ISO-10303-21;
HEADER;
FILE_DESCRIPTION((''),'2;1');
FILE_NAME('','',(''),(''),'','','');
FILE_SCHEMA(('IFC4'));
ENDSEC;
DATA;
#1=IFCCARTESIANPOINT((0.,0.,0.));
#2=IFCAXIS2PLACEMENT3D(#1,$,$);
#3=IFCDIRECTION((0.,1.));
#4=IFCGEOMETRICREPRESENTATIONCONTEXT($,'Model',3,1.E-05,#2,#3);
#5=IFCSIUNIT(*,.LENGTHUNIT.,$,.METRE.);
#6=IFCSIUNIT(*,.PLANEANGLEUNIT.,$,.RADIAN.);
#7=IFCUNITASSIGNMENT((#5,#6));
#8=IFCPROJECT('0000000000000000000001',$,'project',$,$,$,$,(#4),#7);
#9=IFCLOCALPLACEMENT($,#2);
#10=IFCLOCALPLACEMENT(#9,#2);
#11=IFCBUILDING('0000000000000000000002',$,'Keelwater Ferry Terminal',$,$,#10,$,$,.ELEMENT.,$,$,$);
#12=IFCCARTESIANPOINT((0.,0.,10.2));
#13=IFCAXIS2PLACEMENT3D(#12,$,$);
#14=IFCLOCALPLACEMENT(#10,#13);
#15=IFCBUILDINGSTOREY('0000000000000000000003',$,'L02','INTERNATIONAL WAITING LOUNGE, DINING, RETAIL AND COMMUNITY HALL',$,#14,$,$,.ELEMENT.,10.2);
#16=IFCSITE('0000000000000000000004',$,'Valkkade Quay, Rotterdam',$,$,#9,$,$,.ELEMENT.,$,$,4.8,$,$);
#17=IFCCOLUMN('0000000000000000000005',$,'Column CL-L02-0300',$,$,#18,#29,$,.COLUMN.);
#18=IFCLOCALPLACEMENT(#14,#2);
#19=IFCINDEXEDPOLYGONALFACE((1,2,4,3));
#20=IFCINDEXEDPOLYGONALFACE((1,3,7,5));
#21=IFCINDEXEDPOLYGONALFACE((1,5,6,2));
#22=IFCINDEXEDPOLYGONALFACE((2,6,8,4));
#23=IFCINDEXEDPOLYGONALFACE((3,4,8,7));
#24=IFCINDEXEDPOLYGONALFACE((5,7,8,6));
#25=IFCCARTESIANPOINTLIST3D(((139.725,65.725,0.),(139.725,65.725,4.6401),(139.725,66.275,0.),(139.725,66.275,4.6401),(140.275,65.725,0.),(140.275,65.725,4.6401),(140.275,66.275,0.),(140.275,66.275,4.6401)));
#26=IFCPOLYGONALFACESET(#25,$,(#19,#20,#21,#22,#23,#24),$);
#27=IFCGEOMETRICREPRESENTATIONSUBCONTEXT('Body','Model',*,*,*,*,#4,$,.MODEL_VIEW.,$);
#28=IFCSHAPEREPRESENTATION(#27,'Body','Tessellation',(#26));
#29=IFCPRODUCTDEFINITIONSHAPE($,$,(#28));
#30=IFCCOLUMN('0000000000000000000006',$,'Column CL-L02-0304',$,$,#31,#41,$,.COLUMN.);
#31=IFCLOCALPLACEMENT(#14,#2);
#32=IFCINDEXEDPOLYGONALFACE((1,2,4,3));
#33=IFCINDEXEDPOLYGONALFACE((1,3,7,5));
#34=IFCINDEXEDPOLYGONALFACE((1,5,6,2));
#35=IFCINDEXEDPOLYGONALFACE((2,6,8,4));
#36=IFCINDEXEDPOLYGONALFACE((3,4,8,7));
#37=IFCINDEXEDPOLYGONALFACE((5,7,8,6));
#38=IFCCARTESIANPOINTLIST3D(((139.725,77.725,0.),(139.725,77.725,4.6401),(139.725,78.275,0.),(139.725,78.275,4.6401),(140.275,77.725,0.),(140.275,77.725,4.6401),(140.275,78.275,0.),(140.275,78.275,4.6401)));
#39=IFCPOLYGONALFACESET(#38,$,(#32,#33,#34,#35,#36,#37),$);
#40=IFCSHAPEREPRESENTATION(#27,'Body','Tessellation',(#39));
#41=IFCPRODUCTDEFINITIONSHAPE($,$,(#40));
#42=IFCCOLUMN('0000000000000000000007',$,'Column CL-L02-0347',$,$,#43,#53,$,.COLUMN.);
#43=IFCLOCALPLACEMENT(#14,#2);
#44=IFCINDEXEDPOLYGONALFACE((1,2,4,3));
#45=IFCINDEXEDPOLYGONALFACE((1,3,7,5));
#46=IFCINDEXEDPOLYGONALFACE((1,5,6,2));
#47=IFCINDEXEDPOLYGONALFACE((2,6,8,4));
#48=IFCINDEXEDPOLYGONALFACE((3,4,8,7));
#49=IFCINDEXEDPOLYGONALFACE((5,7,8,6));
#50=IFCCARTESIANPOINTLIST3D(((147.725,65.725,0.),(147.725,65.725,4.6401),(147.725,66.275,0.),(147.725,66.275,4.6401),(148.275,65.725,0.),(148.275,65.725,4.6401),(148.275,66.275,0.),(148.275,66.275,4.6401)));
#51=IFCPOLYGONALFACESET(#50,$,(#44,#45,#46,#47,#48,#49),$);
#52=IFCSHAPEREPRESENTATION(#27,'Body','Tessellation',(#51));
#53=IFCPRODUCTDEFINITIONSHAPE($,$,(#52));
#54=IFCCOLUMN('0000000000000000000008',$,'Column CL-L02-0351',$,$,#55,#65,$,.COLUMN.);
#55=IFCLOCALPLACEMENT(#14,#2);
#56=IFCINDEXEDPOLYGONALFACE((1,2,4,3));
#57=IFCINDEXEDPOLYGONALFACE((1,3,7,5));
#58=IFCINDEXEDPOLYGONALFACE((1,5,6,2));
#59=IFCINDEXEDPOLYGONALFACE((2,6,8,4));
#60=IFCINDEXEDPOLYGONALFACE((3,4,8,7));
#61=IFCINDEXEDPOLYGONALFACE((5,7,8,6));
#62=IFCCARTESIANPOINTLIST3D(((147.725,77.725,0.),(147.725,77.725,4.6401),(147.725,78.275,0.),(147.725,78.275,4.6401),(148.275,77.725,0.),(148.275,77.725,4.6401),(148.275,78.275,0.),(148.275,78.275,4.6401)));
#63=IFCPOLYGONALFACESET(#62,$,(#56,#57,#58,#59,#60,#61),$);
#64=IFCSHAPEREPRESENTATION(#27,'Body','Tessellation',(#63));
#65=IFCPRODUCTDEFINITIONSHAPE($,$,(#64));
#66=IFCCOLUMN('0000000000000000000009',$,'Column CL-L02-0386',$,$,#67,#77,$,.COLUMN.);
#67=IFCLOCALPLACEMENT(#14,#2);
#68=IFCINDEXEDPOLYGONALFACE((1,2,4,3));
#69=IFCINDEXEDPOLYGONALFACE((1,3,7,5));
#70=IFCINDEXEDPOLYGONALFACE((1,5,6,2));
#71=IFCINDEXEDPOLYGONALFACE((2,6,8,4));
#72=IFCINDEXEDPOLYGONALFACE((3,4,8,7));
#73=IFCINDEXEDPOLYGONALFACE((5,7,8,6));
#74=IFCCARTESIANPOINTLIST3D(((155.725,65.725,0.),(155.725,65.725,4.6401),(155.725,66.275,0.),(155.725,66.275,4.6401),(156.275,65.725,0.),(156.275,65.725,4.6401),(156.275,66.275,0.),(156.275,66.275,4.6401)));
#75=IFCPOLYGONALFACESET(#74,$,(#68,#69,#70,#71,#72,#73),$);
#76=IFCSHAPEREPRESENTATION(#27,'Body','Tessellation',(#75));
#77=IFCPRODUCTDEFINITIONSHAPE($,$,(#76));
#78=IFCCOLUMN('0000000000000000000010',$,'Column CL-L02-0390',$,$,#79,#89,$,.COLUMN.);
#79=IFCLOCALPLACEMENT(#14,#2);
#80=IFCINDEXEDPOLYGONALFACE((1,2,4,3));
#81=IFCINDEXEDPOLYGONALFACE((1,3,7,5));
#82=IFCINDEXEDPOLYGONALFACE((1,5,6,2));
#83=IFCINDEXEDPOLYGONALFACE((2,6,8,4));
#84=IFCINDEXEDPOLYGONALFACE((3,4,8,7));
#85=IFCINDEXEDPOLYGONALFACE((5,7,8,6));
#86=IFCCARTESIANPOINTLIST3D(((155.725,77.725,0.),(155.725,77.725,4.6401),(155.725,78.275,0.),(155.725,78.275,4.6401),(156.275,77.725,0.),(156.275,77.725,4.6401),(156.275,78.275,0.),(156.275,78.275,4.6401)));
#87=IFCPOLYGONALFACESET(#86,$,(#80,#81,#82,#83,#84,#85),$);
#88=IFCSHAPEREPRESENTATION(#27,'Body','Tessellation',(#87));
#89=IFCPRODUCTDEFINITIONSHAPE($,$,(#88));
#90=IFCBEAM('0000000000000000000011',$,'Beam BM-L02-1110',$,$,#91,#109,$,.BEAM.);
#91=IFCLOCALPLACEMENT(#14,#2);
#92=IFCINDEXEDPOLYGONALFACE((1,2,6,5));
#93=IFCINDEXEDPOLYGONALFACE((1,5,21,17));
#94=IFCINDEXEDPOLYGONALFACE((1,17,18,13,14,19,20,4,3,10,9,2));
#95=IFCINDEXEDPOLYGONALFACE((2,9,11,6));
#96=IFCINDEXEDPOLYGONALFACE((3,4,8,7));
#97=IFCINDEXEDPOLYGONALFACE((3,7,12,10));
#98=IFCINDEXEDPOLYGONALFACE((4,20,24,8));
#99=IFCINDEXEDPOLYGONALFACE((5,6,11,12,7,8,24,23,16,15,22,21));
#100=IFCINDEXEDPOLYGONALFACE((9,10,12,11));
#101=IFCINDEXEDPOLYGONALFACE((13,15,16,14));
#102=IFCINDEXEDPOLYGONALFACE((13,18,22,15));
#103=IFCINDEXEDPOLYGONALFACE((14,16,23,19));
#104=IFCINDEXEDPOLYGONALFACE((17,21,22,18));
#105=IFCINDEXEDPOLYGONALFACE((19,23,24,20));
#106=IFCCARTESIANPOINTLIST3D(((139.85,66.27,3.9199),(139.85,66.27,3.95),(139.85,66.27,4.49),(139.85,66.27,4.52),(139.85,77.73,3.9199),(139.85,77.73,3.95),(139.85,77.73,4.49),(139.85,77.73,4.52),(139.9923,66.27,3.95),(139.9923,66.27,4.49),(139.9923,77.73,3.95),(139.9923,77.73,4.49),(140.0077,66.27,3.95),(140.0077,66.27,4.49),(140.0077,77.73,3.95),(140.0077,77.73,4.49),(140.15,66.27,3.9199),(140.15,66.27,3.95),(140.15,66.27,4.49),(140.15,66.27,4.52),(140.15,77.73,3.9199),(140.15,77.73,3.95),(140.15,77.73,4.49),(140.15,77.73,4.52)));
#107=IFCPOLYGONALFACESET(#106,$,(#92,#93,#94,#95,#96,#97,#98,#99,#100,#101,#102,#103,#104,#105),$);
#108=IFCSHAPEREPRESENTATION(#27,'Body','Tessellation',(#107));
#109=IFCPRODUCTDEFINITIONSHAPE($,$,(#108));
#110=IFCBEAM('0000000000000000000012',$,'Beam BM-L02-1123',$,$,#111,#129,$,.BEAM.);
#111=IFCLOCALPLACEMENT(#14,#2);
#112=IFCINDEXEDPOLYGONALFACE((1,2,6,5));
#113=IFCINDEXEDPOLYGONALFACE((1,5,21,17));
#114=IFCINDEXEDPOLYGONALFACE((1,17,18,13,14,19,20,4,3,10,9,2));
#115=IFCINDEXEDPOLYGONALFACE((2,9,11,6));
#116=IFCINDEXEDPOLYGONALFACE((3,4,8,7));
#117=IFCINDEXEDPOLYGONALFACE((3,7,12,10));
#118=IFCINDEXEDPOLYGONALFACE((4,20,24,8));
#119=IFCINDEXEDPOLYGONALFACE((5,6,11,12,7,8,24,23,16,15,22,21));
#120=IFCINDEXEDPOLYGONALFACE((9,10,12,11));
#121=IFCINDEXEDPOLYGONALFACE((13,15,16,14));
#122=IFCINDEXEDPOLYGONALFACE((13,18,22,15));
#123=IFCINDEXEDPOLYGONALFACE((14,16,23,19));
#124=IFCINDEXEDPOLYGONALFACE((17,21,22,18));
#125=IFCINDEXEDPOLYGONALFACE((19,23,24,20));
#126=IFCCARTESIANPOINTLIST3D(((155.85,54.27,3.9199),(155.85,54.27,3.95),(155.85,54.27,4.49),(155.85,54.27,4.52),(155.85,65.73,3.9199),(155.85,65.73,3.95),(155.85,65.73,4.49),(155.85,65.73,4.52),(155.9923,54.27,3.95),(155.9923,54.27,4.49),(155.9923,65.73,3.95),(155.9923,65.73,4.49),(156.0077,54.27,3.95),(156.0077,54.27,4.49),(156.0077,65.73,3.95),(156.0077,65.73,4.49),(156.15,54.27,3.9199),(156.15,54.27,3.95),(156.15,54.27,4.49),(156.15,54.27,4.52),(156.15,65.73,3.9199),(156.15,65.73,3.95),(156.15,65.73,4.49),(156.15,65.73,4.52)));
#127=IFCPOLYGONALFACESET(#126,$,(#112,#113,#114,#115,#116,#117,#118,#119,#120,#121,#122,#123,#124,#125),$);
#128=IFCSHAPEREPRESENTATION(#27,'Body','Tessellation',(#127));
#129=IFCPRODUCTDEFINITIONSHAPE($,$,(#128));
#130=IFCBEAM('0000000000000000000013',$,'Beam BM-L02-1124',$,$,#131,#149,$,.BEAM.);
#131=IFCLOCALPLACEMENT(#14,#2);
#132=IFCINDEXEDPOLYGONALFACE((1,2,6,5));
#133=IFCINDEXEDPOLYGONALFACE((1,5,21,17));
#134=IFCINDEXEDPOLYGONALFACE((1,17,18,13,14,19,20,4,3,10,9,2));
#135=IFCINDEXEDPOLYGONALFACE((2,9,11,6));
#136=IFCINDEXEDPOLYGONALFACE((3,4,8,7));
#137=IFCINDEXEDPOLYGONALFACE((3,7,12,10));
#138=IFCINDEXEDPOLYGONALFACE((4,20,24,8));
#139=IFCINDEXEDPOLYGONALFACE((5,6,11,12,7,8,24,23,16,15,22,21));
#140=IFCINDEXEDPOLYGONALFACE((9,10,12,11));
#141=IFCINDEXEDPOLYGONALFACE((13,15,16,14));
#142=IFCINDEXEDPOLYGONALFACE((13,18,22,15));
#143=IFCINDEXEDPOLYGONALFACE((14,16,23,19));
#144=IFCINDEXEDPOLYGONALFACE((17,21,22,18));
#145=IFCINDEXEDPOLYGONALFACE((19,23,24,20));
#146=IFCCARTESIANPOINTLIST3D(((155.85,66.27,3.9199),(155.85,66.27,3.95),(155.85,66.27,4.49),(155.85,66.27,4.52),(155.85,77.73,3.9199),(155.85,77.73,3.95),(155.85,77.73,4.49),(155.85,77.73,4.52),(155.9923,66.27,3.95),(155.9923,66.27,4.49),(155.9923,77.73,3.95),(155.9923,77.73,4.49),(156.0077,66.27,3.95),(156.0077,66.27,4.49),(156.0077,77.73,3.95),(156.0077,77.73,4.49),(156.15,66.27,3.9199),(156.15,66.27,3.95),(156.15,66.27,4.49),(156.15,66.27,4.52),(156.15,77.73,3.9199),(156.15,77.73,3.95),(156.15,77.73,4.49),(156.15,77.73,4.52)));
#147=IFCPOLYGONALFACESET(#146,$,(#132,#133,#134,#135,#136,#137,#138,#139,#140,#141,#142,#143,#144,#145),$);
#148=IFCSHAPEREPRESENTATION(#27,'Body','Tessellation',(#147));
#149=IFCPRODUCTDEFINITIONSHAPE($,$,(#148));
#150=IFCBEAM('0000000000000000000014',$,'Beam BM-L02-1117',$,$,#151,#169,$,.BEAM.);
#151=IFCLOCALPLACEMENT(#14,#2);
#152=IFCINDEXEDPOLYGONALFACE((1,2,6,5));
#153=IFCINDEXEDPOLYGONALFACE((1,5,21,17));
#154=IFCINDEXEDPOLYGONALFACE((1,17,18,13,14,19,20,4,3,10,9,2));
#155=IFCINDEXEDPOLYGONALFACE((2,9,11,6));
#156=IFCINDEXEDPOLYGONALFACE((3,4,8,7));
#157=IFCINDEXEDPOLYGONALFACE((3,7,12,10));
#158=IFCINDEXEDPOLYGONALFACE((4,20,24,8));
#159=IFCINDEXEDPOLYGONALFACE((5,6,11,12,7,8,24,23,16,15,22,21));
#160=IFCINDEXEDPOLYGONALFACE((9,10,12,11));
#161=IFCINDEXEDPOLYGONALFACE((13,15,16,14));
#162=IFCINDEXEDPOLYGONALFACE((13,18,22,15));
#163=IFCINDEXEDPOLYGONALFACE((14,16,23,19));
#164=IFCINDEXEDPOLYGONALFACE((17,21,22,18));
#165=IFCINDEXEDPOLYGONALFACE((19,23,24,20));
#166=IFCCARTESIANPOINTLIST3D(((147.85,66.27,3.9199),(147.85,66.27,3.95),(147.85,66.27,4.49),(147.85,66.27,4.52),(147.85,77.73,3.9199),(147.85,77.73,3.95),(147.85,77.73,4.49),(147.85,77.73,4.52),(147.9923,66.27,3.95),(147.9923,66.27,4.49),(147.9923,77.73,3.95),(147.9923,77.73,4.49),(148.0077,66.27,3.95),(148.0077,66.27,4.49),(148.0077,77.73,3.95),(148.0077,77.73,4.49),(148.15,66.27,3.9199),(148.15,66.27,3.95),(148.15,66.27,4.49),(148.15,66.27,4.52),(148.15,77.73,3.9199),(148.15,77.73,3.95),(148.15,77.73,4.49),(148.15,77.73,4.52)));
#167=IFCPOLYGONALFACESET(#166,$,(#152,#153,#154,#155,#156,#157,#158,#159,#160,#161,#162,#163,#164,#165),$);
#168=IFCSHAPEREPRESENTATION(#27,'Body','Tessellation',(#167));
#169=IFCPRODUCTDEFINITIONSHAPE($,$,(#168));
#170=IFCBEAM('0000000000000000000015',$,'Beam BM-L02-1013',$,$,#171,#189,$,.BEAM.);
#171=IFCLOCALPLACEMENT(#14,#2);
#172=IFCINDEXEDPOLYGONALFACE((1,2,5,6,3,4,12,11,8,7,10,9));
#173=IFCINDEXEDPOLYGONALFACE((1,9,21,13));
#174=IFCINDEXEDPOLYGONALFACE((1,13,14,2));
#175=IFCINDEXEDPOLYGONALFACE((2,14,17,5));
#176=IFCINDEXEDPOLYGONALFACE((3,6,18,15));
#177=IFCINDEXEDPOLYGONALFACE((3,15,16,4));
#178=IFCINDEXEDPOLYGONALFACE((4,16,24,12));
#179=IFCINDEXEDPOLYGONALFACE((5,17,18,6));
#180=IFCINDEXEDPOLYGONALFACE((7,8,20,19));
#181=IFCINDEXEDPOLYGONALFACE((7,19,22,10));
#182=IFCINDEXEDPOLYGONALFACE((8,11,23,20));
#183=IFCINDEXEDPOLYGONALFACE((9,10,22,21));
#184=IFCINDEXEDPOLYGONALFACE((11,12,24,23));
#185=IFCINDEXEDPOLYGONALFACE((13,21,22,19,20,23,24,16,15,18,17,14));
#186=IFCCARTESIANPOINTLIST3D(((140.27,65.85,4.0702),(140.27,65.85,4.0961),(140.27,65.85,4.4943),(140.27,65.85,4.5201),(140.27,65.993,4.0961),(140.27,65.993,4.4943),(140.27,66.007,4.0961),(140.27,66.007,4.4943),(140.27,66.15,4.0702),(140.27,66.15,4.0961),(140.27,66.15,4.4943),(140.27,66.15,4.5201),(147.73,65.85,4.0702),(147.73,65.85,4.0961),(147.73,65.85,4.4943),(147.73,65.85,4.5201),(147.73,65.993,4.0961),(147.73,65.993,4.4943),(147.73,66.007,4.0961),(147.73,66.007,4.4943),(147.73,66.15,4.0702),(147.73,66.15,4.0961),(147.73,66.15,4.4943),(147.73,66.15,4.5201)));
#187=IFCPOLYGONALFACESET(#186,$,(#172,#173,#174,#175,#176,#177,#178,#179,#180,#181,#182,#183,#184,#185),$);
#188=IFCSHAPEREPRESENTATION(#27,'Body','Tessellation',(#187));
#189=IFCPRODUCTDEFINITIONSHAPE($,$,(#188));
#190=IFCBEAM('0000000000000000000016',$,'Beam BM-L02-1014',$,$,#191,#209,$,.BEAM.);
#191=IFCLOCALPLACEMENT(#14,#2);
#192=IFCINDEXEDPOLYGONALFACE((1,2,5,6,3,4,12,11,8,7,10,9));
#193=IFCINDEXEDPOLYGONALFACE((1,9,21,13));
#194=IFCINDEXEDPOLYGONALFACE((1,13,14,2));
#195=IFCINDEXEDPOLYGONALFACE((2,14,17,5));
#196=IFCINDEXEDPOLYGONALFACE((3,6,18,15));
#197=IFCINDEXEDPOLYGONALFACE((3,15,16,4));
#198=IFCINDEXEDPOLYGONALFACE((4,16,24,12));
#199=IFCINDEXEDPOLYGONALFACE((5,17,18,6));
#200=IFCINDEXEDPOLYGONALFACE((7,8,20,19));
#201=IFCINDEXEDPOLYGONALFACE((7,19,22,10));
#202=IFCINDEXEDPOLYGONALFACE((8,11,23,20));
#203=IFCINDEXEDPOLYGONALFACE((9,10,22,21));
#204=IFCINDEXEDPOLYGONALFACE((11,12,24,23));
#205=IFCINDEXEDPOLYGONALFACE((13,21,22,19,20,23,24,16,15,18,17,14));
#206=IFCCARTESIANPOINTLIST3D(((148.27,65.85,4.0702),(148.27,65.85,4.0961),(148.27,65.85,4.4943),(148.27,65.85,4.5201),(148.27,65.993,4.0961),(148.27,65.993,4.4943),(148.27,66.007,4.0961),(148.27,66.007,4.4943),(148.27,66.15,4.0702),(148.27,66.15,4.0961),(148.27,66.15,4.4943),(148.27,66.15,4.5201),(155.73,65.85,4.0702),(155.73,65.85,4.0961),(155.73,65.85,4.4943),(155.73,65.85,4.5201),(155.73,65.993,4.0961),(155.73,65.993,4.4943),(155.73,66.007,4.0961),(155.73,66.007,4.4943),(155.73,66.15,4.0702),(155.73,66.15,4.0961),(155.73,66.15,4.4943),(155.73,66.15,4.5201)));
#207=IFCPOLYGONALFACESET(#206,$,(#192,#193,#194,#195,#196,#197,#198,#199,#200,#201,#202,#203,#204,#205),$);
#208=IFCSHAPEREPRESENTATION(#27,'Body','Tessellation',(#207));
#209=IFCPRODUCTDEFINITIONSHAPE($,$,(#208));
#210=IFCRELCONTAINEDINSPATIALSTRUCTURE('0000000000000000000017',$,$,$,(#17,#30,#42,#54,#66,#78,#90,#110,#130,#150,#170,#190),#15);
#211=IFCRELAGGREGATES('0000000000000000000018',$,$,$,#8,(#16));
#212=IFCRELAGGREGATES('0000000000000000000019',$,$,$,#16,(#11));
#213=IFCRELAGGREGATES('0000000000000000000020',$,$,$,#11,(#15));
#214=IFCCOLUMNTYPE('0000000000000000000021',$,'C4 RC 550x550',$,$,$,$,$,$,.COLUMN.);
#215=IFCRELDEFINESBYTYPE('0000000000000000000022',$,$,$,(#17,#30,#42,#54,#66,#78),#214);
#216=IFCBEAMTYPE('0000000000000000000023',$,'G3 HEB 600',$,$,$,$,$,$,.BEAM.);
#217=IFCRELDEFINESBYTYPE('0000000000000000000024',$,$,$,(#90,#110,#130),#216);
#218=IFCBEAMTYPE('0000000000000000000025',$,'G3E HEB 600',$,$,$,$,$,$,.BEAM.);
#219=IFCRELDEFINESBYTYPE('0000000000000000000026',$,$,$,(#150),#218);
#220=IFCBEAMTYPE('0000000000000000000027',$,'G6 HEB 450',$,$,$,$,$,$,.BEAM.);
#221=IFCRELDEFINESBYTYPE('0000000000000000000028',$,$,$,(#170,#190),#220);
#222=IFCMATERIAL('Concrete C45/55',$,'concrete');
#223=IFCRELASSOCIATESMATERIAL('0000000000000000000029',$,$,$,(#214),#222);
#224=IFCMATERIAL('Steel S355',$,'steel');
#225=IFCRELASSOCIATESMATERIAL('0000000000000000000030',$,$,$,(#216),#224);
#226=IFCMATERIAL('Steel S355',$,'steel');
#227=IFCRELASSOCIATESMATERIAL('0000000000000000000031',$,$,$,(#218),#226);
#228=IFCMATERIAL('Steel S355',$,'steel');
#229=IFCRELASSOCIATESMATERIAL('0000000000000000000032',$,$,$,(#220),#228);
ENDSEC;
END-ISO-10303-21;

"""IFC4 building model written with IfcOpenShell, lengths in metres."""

from ifc_helpers import new_model, si_unit, direction, frame, origin, origin_2d, place, context, subcontext, project, spatial, rectangle, i_section, extrude, material, material_profile, profile_set, type_object, element, save


model = new_model("IFC4")

# Units and contexts
model_context = context("Model", 3, precision=1e-05, world=origin(), true_north=direction((0.0, 1.0)))
body_context = subcontext(model_context, "Body", "Model", "MODEL_VIEW")
ifc_project = project(units=[si_unit("LENGTHUNIT", "METRE"), si_unit("PLANEANGLEUNIT", "RADIAN")], contexts=[model_context])

# Site, building, storey
site_placement = place(None, origin())
site = spatial("IfcSite", under=ifc_project, at=site_placement, Name="Valkkade Quay, Rotterdam", CompositionType="ELEMENT", RefElevation=4.8)
building_placement = place(site_placement, origin())
building = spatial("IfcBuilding", under=site, at=building_placement, Name="Keelwater Ferry Terminal", CompositionType="ELEMENT")
storey_placement = place(building_placement, frame((0.0, 0.0, 10.2)))
storey = spatial("IfcBuildingStorey", under=building, at=storey_placement, Name="L02", Description="INTERNATIONAL WAITING LOUNGE, DINING, RETAIL AND COMMUNITY HALL", CompositionType="ELEMENT", Elevation=10.2)

# Columns
ifc_material_1 = material(Name="Concrete C45/55", Category="concrete")
ifc_material_profile_1 = material_profile(ifc_material_1, rectangle(XDim=0.55, YDim=0.55, at=origin_2d()), Name="RC 550x550")
ifc_profile_set_1 = profile_set([ifc_material_profile_1], Name="Concrete C45/55")
column_type = type_object("IfcColumnType", Name="C4 RC 550x550", PredefinedType="COLUMN", material=ifc_profile_set_1)
for number, where, z_axis, x_axis, name in (
    (1, (140.0, 66.0, 0.0), (0.0, 0.0, 1.0), (1.0, 0.0, 0.0), "Column CL-L02-0300"),
    (2, (140.0, 78.0, 0.0), (0.0, 0.0, 1.0), (1.0, 0.0, 0.0), "Column CL-L02-0304"),
    (3, (148.0, 66.0, 0.0), (0.0, 0.0, 1.0), (1.0, 0.0, 0.0), "Column CL-L02-0347"),
    (4, (148.0, 78.0, 0.0), (0.0, 0.0, 1.0), (1.0, 0.0, 0.0), "Column CL-L02-0351"),
    (5, (156.0, 66.0, 0.0), (0.0, 0.0, 1.0), (1.0, 0.0, 0.0), "Column CL-L02-0386"),
    (6, (156.0, 78.0, 0.0), (0.0, 0.0, 1.0), (1.0, 0.0, 0.0), "Column CL-L02-0390"),
):
    element("IfcColumn", number, at=place(storey_placement, frame(where, z_axis=z_axis, x_axis=x_axis)), inside=storey, type_object=column_type, Name=name, PredefinedType="COLUMN", context=body_context, shape_type="SweptSolid", body=[
        extrude(rectangle(XDim=0.55, YDim=0.55, at=origin_2d()), origin(), (0.0, 0.0, 1.0), 4.6401),
    ])

# Beams
ifc_material_2 = material(Name="Steel S355", Category="steel")
ifc_material_profile_2 = material_profile(ifc_material_2, i_section(OverallWidth=0.3, OverallDepth=0.6001, WebThickness=0.0154, FlangeThickness=0.03, at=origin_2d()), Name="HEB 600")
ifc_profile_set_2 = profile_set([ifc_material_profile_2], Name="Steel S355")
beam_type_1 = type_object("IfcBeamType", Name="G3 HEB 600", PredefinedType="BEAM", material=ifc_profile_set_2)
for number, where, z_axis, x_axis, name in (
    (7, (140.0, 66.27, 4.22), (0.0, 1.0, 0.0), (-1.0, 0.0, 0.0), "Beam BM-L02-1110"),
    (8, (156.0, 54.27, 4.22), (0.0, 1.0, 0.0), (-1.0, 0.0, 0.0), "Beam BM-L02-1123"),
    (9, (156.0, 66.27, 4.22), (0.0, 1.0, 0.0), (-1.0, 0.0, 0.0), "Beam BM-L02-1124"),
):
    element("IfcBeam", number, at=place(storey_placement, frame(where, z_axis=z_axis, x_axis=x_axis)), inside=storey, type_object=beam_type_1, Name=name, PredefinedType="BEAM", context=body_context, shape_type="SweptSolid", body=[
        extrude(i_section(OverallWidth=0.3, OverallDepth=0.6001, WebThickness=0.0154, FlangeThickness=0.03, at=origin_2d()), origin(), (0.0, 0.0, 1.0), 11.46),
    ])
ifc_material_3 = material(Name="Steel S355", Category="steel")
ifc_material_profile_3 = material_profile(ifc_material_3, i_section(OverallWidth=0.3, OverallDepth=0.6001, WebThickness=0.0154, FlangeThickness=0.03, at=origin_2d()), Name="HEB 600")
ifc_profile_set_3 = profile_set([ifc_material_profile_3], Name="Steel S355")
beam_type_2 = type_object("IfcBeamType", Name="G3E HEB 600", PredefinedType="BEAM", material=ifc_profile_set_3)
beam_placement = place(storey_placement, frame((148.0, 66.27, 4.22), z_axis=(0.0, 1.0, 0.0), x_axis=(-1.0, 0.0, 0.0)))
element("IfcBeam", 10, at=beam_placement, inside=storey, type_object=beam_type_2, Name="Beam BM-L02-1117", PredefinedType="BEAM", context=body_context, shape_type="SweptSolid", body=[
    extrude(i_section(OverallWidth=0.3, OverallDepth=0.6001, WebThickness=0.0154, FlangeThickness=0.03, at=origin_2d()), origin(), (0.0, 0.0, 1.0), 11.46),
])
ifc_material_4 = material(Name="Steel S355", Category="steel")
ifc_material_profile_4 = material_profile(ifc_material_4, i_section(OverallWidth=0.3, OverallDepth=0.45, WebThickness=0.0139, FlangeThickness=0.0259, at=origin_2d()), Name="HEB 450")
ifc_profile_set_4 = profile_set([ifc_material_profile_4], Name="Steel S355")
beam_type_3 = type_object("IfcBeamType", Name="G6 HEB 450", PredefinedType="BEAM", material=ifc_profile_set_4)
for number, where, z_axis, x_axis, name in (
    (11, (140.27, 66.0, 4.2952), (1.0, 0.0, 0.0), (0.0, 1.0, 0.0), "Beam BM-L02-1013"),
    (12, (148.27, 66.0, 4.2952), (1.0, 0.0, 0.0), (0.0, 1.0, 0.0), "Beam BM-L02-1014"),
):
    element("IfcBeam", number, at=place(storey_placement, frame(where, z_axis=z_axis, x_axis=x_axis)), inside=storey, type_object=beam_type_3, Name=name, PredefinedType="BEAM", context=body_context, shape_type="SweptSolid", body=[
        extrude(i_section(OverallWidth=0.3, OverallDepth=0.45, WebThickness=0.0139, FlangeThickness=0.0259, at=origin_2d()), origin(), (0.0, 0.0, 1.0), 7.46),
    ])

save(model, "model.ifc")
